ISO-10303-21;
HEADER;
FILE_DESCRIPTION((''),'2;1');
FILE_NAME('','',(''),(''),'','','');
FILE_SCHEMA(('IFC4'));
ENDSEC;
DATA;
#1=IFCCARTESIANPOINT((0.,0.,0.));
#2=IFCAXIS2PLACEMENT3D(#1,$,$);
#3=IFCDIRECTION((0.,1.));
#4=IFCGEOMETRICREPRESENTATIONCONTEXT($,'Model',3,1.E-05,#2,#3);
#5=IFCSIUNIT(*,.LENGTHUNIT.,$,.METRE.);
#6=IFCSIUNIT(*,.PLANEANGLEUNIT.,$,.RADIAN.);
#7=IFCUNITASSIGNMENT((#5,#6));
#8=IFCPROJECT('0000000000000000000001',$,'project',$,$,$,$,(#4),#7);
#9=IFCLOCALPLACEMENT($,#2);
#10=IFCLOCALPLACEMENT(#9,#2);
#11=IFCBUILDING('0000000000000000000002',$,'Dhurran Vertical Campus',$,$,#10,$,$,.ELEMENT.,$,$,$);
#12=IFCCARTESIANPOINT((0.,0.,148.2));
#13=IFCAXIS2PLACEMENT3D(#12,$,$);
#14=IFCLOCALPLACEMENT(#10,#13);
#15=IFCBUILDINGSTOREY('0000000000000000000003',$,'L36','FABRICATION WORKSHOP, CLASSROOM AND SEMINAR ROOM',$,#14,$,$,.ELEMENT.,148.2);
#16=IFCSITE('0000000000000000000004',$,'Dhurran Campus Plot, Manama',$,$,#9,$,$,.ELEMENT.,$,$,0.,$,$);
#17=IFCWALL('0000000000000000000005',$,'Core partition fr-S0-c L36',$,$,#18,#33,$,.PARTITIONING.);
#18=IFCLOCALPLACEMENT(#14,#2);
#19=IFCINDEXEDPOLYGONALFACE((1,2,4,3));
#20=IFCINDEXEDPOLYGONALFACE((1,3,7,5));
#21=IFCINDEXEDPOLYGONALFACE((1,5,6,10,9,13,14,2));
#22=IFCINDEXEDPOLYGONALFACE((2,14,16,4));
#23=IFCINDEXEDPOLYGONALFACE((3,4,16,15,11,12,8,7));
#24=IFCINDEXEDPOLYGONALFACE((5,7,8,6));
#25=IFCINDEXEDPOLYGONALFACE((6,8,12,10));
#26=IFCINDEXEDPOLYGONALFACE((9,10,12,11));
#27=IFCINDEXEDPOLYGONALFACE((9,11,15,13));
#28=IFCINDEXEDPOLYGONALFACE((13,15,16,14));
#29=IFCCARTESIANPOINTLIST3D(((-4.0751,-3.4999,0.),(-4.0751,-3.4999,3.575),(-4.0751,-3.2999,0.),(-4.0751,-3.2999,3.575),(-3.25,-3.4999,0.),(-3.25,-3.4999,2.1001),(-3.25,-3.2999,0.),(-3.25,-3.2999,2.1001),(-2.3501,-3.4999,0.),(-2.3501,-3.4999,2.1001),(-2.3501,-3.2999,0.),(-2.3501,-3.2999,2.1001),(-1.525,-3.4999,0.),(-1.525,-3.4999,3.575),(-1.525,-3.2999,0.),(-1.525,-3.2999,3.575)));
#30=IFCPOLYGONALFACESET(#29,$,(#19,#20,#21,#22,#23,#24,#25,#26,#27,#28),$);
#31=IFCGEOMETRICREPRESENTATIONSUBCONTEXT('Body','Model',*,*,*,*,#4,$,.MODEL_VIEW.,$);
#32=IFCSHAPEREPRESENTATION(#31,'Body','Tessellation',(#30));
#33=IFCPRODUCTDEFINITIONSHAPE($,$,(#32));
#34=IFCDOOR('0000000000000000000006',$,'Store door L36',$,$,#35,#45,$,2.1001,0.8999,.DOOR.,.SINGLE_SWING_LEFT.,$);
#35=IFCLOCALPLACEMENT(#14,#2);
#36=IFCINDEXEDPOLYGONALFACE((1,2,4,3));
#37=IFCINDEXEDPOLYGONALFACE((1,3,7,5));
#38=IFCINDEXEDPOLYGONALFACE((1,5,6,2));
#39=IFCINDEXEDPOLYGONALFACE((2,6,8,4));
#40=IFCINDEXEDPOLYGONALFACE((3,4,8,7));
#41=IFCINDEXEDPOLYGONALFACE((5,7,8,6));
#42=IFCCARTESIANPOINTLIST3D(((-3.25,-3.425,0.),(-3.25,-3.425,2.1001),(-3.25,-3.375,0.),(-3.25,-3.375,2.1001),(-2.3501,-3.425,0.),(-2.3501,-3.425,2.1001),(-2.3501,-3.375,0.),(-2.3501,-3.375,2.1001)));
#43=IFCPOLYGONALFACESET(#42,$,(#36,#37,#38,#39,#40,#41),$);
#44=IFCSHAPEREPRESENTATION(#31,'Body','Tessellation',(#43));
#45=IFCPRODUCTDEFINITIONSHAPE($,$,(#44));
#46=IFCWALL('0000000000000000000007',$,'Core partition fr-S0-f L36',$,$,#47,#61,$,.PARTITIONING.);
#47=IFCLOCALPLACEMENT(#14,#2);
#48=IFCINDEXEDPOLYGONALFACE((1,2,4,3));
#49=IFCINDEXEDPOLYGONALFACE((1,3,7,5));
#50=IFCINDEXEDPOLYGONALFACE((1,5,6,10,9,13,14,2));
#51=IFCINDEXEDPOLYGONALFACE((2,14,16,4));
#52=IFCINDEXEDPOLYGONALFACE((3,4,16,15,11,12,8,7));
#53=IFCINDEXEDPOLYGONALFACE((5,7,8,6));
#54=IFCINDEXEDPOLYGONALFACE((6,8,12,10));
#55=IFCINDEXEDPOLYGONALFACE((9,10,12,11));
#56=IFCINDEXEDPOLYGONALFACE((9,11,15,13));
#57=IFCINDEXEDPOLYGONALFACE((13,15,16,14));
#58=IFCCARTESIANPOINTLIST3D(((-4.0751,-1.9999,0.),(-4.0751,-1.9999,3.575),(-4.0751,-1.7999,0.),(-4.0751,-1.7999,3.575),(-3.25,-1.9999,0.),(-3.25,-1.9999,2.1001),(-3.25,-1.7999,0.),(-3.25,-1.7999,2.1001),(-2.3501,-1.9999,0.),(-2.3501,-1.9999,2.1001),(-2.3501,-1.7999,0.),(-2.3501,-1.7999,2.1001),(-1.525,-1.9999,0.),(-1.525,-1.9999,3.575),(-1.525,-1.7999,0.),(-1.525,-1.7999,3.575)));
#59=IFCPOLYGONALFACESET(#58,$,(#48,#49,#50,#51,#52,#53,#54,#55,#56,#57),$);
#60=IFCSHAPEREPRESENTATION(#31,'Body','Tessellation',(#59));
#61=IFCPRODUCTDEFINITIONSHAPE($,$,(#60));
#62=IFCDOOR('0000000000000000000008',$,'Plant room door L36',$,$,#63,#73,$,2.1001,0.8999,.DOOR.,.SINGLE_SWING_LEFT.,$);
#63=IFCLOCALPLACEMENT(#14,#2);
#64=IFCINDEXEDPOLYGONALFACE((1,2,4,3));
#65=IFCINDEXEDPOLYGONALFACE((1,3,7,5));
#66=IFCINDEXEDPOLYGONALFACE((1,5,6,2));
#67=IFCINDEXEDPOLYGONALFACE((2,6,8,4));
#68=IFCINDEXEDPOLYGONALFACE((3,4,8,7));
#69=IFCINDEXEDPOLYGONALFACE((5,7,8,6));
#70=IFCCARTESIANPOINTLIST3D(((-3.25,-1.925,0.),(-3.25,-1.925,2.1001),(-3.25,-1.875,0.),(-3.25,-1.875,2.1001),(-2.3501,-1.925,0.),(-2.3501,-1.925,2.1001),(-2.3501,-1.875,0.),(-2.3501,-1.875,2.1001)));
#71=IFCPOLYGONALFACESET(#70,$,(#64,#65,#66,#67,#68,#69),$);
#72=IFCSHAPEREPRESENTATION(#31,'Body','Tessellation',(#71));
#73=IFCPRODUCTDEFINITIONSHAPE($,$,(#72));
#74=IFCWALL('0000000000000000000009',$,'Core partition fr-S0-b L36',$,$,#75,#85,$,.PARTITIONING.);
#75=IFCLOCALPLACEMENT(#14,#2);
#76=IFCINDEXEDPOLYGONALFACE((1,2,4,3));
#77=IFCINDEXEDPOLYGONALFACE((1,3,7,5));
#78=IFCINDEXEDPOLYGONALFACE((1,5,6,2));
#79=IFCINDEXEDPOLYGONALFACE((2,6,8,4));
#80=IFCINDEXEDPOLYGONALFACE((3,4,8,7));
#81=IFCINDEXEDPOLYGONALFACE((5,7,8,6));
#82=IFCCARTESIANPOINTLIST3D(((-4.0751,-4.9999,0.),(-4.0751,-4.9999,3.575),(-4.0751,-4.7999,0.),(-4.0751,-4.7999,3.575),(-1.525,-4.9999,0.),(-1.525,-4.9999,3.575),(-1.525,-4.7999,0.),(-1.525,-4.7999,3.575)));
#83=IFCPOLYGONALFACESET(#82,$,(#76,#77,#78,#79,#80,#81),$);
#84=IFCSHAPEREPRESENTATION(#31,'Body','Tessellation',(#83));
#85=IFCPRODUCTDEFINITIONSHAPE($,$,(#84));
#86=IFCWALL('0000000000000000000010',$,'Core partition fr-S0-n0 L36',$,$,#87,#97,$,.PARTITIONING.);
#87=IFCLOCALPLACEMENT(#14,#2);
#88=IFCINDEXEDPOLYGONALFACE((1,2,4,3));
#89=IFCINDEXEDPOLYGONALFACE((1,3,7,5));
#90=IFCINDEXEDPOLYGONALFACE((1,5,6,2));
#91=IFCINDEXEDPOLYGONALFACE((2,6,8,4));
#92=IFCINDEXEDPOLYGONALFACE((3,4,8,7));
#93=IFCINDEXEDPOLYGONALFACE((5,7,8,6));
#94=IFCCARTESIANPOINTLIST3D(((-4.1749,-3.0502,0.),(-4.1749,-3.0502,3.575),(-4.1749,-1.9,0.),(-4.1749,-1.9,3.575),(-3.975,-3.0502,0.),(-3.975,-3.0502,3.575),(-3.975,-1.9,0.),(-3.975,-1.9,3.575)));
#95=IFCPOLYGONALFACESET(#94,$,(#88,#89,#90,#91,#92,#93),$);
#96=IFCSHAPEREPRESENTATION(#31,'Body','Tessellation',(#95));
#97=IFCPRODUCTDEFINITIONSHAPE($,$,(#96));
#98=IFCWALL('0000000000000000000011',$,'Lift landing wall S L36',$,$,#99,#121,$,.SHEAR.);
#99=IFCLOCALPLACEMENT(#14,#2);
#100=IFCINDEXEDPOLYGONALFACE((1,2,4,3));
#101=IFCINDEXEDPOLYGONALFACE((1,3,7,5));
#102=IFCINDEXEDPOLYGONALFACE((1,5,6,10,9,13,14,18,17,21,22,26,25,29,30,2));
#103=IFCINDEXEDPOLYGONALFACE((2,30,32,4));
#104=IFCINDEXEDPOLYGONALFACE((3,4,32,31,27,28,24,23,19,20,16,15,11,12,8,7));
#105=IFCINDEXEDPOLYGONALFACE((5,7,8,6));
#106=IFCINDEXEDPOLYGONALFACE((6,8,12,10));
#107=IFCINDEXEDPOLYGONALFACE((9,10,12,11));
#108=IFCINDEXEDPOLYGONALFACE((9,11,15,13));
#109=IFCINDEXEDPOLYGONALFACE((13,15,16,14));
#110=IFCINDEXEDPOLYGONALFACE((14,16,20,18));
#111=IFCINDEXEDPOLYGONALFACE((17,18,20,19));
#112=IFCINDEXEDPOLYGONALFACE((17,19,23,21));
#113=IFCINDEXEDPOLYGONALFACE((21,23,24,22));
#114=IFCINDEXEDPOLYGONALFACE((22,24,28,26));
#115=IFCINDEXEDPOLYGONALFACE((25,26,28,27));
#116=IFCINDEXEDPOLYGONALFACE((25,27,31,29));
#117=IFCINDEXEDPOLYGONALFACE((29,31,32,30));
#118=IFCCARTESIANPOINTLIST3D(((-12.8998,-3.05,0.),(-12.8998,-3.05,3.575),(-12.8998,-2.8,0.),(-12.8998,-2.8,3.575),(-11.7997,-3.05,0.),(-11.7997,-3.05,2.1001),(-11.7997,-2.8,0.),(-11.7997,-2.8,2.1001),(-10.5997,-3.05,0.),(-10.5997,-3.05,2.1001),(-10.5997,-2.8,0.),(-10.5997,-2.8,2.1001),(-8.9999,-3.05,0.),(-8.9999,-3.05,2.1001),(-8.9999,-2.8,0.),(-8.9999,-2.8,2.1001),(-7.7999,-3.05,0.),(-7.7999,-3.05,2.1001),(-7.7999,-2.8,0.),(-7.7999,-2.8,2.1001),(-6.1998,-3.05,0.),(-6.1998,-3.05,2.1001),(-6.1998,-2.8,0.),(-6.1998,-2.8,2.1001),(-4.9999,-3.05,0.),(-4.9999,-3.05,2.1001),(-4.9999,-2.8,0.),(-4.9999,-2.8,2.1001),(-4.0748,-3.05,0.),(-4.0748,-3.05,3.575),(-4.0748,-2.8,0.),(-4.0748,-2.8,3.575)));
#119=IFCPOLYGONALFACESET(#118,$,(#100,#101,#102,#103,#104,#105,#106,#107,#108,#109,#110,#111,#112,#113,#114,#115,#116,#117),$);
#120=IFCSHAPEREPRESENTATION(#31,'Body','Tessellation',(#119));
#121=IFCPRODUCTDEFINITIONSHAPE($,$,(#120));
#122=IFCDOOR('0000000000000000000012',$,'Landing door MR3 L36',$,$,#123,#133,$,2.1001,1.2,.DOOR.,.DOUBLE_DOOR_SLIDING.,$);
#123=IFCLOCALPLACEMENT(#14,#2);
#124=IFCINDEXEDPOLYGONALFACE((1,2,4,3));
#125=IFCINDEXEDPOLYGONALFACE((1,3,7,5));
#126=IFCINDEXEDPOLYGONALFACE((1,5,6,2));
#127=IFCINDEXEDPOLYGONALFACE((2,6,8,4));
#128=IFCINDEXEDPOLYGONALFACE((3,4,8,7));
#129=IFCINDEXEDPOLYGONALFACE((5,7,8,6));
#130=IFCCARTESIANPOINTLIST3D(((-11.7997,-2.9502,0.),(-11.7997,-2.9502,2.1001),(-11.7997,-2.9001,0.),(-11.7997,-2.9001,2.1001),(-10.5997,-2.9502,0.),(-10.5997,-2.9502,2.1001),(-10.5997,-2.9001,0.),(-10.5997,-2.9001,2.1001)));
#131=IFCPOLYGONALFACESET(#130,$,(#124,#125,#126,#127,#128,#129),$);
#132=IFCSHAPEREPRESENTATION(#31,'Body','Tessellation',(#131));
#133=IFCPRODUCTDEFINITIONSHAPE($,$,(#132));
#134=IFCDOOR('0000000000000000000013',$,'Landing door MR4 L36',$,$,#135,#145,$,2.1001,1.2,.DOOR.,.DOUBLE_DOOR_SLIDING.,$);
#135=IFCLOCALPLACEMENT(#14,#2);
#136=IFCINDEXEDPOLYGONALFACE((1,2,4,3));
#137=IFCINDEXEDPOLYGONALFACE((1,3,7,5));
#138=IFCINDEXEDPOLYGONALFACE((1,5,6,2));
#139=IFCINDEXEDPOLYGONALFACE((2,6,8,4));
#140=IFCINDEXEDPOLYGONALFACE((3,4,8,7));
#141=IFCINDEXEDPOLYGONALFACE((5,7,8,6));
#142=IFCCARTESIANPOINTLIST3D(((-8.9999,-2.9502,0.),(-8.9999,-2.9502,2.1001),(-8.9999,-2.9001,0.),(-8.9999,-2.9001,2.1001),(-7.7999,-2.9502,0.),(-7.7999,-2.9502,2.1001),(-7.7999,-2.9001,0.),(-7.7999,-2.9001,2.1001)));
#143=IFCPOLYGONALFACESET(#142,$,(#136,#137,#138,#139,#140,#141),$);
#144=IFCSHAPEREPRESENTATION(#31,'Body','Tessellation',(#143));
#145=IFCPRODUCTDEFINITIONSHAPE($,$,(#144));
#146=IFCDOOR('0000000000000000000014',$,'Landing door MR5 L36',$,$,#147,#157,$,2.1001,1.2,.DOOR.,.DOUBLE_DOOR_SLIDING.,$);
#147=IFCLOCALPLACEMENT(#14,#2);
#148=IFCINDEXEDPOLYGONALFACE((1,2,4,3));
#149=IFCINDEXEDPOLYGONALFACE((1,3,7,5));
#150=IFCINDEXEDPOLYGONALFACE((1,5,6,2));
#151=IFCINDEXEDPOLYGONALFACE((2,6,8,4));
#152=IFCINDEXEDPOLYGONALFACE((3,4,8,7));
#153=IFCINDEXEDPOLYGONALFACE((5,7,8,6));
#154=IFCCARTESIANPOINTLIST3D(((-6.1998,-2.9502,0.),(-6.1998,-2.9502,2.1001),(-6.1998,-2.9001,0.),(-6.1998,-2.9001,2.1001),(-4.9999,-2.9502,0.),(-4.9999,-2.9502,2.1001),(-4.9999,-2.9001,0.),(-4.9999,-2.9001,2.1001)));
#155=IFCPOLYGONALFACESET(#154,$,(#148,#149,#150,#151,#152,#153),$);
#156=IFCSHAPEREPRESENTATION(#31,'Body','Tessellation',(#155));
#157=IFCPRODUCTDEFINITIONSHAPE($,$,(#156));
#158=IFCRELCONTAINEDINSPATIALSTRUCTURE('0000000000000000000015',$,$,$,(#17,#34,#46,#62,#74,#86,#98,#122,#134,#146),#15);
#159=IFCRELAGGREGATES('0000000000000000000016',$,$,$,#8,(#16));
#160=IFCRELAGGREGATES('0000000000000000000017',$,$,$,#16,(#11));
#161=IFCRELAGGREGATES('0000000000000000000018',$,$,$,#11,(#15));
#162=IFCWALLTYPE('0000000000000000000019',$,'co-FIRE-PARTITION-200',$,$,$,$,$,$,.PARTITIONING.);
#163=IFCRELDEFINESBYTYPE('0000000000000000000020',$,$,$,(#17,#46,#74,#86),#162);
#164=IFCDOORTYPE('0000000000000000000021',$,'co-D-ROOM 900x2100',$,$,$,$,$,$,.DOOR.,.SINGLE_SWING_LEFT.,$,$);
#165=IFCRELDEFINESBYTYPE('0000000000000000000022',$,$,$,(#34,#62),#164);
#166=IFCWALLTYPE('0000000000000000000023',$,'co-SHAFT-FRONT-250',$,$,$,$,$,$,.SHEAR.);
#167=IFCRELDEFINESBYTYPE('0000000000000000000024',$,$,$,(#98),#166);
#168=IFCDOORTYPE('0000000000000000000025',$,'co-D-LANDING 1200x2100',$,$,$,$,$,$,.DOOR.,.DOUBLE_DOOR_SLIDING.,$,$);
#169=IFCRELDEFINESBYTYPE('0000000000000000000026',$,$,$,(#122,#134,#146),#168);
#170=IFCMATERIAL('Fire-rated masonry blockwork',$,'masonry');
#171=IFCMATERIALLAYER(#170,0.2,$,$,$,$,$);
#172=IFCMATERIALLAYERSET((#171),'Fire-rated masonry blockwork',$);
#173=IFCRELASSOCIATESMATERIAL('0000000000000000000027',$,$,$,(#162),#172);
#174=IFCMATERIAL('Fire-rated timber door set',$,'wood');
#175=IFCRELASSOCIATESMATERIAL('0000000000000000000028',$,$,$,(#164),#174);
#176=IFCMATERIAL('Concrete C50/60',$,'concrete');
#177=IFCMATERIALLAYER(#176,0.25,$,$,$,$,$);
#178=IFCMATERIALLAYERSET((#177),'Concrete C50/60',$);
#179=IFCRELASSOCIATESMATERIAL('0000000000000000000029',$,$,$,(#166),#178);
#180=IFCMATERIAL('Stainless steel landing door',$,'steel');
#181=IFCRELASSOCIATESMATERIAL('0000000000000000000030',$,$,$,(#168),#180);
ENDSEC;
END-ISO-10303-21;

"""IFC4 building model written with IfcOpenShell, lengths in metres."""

from ifc_helpers import new_model, si_unit, direction, frame, frame_2d, origin, place, context, subcontext, project, spatial, rectangle, extrude, material, layer, layer_set, type_object, element, fill, save


model = new_model("IFC4")

# Units and contexts
model_context = context("Model", 3, precision=1e-05, world=origin(), true_north=direction((0.0, 1.0)))
body_context = subcontext(model_context, "Body", "Model", "MODEL_VIEW")
ifc_project = project(units=[si_unit("LENGTHUNIT", "METRE"), si_unit("PLANEANGLEUNIT", "RADIAN")], contexts=[model_context])

# Site, building, storey
site_placement = place(None, origin())
site = spatial("IfcSite", under=ifc_project, at=site_placement, Name="Dhurran Campus Plot, Manama", CompositionType="ELEMENT", RefElevation=0.0)
building_placement = place(site_placement, origin())
building = spatial("IfcBuilding", under=site, at=building_placement, Name="Dhurran Vertical Campus", CompositionType="ELEMENT")
storey_placement = place(building_placement, frame((0.0, 0.0, 148.2)))
storey = spatial("IfcBuildingStorey", under=building, at=storey_placement, Name="L36", Description="FABRICATION WORKSHOP, CLASSROOM AND SEMINAR ROOM", CompositionType="ELEMENT", Elevation=148.2)

# Shared definitions
ifc_material_1 = material(Name="Fire-rated masonry blockwork", Category="masonry")
ifc_layer_1 = layer(ifc_material_1, 0.2)
ifc_layer_set_1 = layer_set([ifc_layer_1], Name="Fire-rated masonry blockwork")
wall_type_1 = type_object("IfcWallType", Name="co-FIRE-PARTITION-200", PredefinedType="PARTITIONING", material=ifc_layer_set_1)

# Walls, openings, doors
wall_1_placement = place(storey_placement, frame((-4.075, -3.3999, 0.0), z_axis=(0.0, 0.0, 1.0), x_axis=(1.0, 0.0, 0.0)))
wall_1 = element("IfcWall", 1, at=wall_1_placement, inside=storey, type_object=wall_type_1, Name="Core partition fr-S0-c L36", PredefinedType="PARTITIONING", context=body_context, shape_type="SweptSolid", body=[
    extrude(rectangle(XDim=2.55, YDim=0.2, at=frame_2d((1.2749, 0.0))), origin(), (0.0, 0.0, 1.0), 3.575),
])
opening_1_placement = place(wall_1_placement, frame((0.825, 0.0, 0.0)))
opening_1 = element("IfcOpeningElement", 2, at=opening_1_placement, cuts=wall_1, PredefinedType="OPENING", context=body_context, shape_type="SweptSolid", body=[
    extrude(rectangle(XDim=0.8999, YDim=2.1001, at=frame_2d((0.45, 1.05))), frame((0.0, 0.1099, 0.0), z_axis=(0.0, -1.0, 0.0), x_axis=(1.0, 0.0, 0.0)), (0.0, 0.0, 1.0), 0.22),
])
ifc_material_2 = material(Name="Fire-rated timber door set", Category="wood")
door_type_1 = type_object("IfcDoorType", Name="co-D-ROOM 900x2100", OperationType="SINGLE_SWING_LEFT", PredefinedType="DOOR", material=ifc_material_2)
door_1_placement = place(opening_1_placement, origin())
door_1 = element("IfcDoor", 3, at=door_1_placement, inside=storey, type_object=door_type_1, Name="Store door L36", OperationType="SINGLE_SWING_LEFT", OverallHeight=2.1001, OverallWidth=0.8999, PredefinedType="DOOR", context=body_context, shape_type="SweptSolid", body=[
    extrude(rectangle(XDim=0.8999, YDim=2.1001, at=frame_2d((0.45, 1.05))), frame((0.0, 0.0249, 0.0), z_axis=(0.0, -1.0, 0.0), x_axis=(1.0, 0.0, 0.0)), (0.0, 0.0, 1.0), 0.05),
])
fill(opening_1, door_1)
wall_2_placement = place(storey_placement, frame((-4.075, -1.8999, 0.0), z_axis=(0.0, 0.0, 1.0), x_axis=(1.0, 0.0, 0.0)))
wall_2 = element("IfcWall", 4, at=wall_2_placement, inside=storey, type_object=wall_type_1, Name="Core partition fr-S0-f L36", PredefinedType="PARTITIONING", context=body_context, shape_type="SweptSolid", body=[
    extrude(rectangle(XDim=2.55, YDim=0.2, at=frame_2d((1.2749, 0.0))), origin(), (0.0, 0.0, 1.0), 3.575),
])
opening_2_placement = place(wall_2_placement, frame((0.825, 0.0, 0.0)))
opening_2 = element("IfcOpeningElement", 5, at=opening_2_placement, cuts=wall_2, PredefinedType="OPENING", context=body_context, shape_type="SweptSolid", body=[
    extrude(rectangle(XDim=0.8999, YDim=2.1001, at=frame_2d((0.45, 1.05))), frame((0.0, 0.1099, 0.0), z_axis=(0.0, -1.0, 0.0), x_axis=(1.0, 0.0, 0.0)), (0.0, 0.0, 1.0), 0.22),
])
door_2_placement = place(opening_2_placement, origin())
door_2 = element("IfcDoor", 6, at=door_2_placement, inside=storey, type_object=door_type_1, Name="Plant room door L36", OperationType="SINGLE_SWING_LEFT", OverallHeight=2.1001, OverallWidth=0.8999, PredefinedType="DOOR", context=body_context, shape_type="SweptSolid", body=[
    extrude(rectangle(XDim=0.8999, YDim=2.1001, at=frame_2d((0.45, 1.05))), frame((0.0, 0.0249, 0.0), z_axis=(0.0, -1.0, 0.0), x_axis=(1.0, 0.0, 0.0)), (0.0, 0.0, 1.0), 0.05),
])
fill(opening_2, door_2)

# Walls
wall_3_placement = place(storey_placement, frame((-4.075, -4.8999, 0.0), z_axis=(0.0, 0.0, 1.0), x_axis=(1.0, 0.0, 0.0)))
element("IfcWall", 7, at=wall_3_placement, inside=storey, type_object=wall_type_1, Name="Core partition fr-S0-b L36", PredefinedType="PARTITIONING", context=body_context, shape_type="SweptSolid", body=[
    extrude(rectangle(XDim=2.55, YDim=0.2, at=frame_2d((1.2749, 0.0))), origin(), (0.0, 0.0, 1.0), 3.575),
])
wall_4_placement = place(storey_placement, frame((-4.075, -1.8999, 0.0), z_axis=(0.0, 0.0, 1.0), x_axis=(0.0, -1.0, 0.0)))
element("IfcWall", 8, at=wall_4_placement, inside=storey, type_object=wall_type_1, Name="Core partition fr-S0-n0 L36", PredefinedType="PARTITIONING", context=body_context, shape_type="SweptSolid", body=[
    extrude(rectangle(XDim=1.1501, YDim=0.2, at=frame_2d((0.5752, 0.0))), origin(), (0.0, 0.0, 1.0), 3.575),
])

# Wall, openings, doors
ifc_material_3 = material(Name="Concrete C50/60", Category="concrete")
ifc_layer_2 = layer(ifc_material_3, 0.25)
ifc_layer_set_2 = layer_set([ifc_layer_2], Name="Concrete C50/60")
wall_type_2 = type_object("IfcWallType", Name="co-SHAFT-FRONT-250", PredefinedType="SHEAR", material=ifc_layer_set_2)
wall_5_placement = place(storey_placement, frame((-12.8999, -2.925, 0.0), z_axis=(0.0, 0.0, 1.0), x_axis=(1.0, 0.0, 0.0)))
wall_5 = element("IfcWall", 9, at=wall_5_placement, inside=storey, type_object=wall_type_2, Name="Lift landing wall S L36", PredefinedType="SHEAR", context=body_context, shape_type="SweptSolid", body=[
    extrude(rectangle(XDim=8.825, YDim=0.25, at=frame_2d((4.4126, 0.0))), origin(), (0.0, 0.0, 1.0), 3.575),
])
opening_3_placement = place(wall_5_placement, frame((1.1001, 0.0, 0.0)))
opening_3 = element("IfcOpeningElement", 10, at=opening_3_placement, cuts=wall_5, PredefinedType="OPENING", context=body_context, shape_type="SweptSolid", body=[
    extrude(rectangle(XDim=1.2, YDim=2.1001, at=frame_2d((0.6001, 1.05))), frame((0.0, 0.135, 0.0), z_axis=(0.0, -1.0, 0.0), x_axis=(1.0, 0.0, 0.0)), (0.0, 0.0, 1.0), 0.27),
])
opening_4_placement = place(wall_5_placement, frame((3.8999, 0.0, 0.0)))
opening_4 = element("IfcOpeningElement", 11, at=opening_4_placement, cuts=wall_5, PredefinedType="OPENING", context=body_context, shape_type="SweptSolid", body=[
    extrude(rectangle(XDim=1.2, YDim=2.1001, at=frame_2d((0.6001, 1.05))), frame((0.0, 0.135, 0.0), z_axis=(0.0, -1.0, 0.0), x_axis=(1.0, 0.0, 0.0)), (0.0, 0.0, 1.0), 0.27),
])
opening_5_placement = place(wall_5_placement, frame((6.7, 0.0, 0.0)))
opening_5 = element("IfcOpeningElement", 12, at=opening_5_placement, cuts=wall_5, PredefinedType="OPENING", context=body_context, shape_type="SweptSolid", body=[
    extrude(rectangle(XDim=1.2, YDim=2.1001, at=frame_2d((0.6001, 1.05))), frame((0.0, 0.135, 0.0), z_axis=(0.0, -1.0, 0.0), x_axis=(1.0, 0.0, 0.0)), (0.0, 0.0, 1.0), 0.27),
])
ifc_material_4 = material(Name="Stainless steel landing door", Category="steel")
door_type_2 = type_object("IfcDoorType", Name="co-D-LANDING 1200x2100", OperationType="DOUBLE_DOOR_SLIDING", PredefinedType="DOOR", material=ifc_material_4)
door_3_placement = place(opening_3_placement, origin())
door_3 = element("IfcDoor", 13, at=door_3_placement, inside=storey, type_object=door_type_2, Name="Landing door MR3 L36", OperationType="DOUBLE_DOOR_SLIDING", OverallHeight=2.1001, OverallWidth=1.2, PredefinedType="DOOR", context=body_context, shape_type="SweptSolid", body=[
    extrude(rectangle(XDim=1.2, YDim=2.1001, at=frame_2d((0.6001, 1.05))), frame((0.0, 0.0249, 0.0), z_axis=(0.0, -1.0, 0.0), x_axis=(1.0, 0.0, 0.0)), (0.0, 0.0, 1.0), 0.05),
])
fill(opening_3, door_3)
door_4_placement = place(opening_4_placement, origin())
door_4 = element("IfcDoor", 14, at=door_4_placement, inside=storey, type_object=door_type_2, Name="Landing door MR4 L36", OperationType="DOUBLE_DOOR_SLIDING", OverallHeight=2.1001, OverallWidth=1.2, PredefinedType="DOOR", context=body_context, shape_type="SweptSolid", body=[
    extrude(rectangle(XDim=1.2, YDim=2.1001, at=frame_2d((0.6001, 1.05))), frame((0.0, 0.0249, 0.0), z_axis=(0.0, -1.0, 0.0), x_axis=(1.0, 0.0, 0.0)), (0.0, 0.0, 1.0), 0.05),
])
fill(opening_4, door_4)
door_5_placement = place(opening_5_placement, origin())
door_5 = element("IfcDoor", 15, at=door_5_placement, inside=storey, type_object=door_type_2, Name="Landing door MR5 L36", OperationType="DOUBLE_DOOR_SLIDING", OverallHeight=2.1001, OverallWidth=1.2, PredefinedType="DOOR", context=body_context, shape_type="SweptSolid", body=[
    extrude(rectangle(XDim=1.2, YDim=2.1001, at=frame_2d((0.6001, 1.05))), frame((0.0, 0.0249, 0.0), z_axis=(0.0, -1.0, 0.0), x_axis=(1.0, 0.0, 0.0)), (0.0, 0.0, 1.0), 0.05),
])
fill(opening_5, door_5)

save(model, "model.ifc")
